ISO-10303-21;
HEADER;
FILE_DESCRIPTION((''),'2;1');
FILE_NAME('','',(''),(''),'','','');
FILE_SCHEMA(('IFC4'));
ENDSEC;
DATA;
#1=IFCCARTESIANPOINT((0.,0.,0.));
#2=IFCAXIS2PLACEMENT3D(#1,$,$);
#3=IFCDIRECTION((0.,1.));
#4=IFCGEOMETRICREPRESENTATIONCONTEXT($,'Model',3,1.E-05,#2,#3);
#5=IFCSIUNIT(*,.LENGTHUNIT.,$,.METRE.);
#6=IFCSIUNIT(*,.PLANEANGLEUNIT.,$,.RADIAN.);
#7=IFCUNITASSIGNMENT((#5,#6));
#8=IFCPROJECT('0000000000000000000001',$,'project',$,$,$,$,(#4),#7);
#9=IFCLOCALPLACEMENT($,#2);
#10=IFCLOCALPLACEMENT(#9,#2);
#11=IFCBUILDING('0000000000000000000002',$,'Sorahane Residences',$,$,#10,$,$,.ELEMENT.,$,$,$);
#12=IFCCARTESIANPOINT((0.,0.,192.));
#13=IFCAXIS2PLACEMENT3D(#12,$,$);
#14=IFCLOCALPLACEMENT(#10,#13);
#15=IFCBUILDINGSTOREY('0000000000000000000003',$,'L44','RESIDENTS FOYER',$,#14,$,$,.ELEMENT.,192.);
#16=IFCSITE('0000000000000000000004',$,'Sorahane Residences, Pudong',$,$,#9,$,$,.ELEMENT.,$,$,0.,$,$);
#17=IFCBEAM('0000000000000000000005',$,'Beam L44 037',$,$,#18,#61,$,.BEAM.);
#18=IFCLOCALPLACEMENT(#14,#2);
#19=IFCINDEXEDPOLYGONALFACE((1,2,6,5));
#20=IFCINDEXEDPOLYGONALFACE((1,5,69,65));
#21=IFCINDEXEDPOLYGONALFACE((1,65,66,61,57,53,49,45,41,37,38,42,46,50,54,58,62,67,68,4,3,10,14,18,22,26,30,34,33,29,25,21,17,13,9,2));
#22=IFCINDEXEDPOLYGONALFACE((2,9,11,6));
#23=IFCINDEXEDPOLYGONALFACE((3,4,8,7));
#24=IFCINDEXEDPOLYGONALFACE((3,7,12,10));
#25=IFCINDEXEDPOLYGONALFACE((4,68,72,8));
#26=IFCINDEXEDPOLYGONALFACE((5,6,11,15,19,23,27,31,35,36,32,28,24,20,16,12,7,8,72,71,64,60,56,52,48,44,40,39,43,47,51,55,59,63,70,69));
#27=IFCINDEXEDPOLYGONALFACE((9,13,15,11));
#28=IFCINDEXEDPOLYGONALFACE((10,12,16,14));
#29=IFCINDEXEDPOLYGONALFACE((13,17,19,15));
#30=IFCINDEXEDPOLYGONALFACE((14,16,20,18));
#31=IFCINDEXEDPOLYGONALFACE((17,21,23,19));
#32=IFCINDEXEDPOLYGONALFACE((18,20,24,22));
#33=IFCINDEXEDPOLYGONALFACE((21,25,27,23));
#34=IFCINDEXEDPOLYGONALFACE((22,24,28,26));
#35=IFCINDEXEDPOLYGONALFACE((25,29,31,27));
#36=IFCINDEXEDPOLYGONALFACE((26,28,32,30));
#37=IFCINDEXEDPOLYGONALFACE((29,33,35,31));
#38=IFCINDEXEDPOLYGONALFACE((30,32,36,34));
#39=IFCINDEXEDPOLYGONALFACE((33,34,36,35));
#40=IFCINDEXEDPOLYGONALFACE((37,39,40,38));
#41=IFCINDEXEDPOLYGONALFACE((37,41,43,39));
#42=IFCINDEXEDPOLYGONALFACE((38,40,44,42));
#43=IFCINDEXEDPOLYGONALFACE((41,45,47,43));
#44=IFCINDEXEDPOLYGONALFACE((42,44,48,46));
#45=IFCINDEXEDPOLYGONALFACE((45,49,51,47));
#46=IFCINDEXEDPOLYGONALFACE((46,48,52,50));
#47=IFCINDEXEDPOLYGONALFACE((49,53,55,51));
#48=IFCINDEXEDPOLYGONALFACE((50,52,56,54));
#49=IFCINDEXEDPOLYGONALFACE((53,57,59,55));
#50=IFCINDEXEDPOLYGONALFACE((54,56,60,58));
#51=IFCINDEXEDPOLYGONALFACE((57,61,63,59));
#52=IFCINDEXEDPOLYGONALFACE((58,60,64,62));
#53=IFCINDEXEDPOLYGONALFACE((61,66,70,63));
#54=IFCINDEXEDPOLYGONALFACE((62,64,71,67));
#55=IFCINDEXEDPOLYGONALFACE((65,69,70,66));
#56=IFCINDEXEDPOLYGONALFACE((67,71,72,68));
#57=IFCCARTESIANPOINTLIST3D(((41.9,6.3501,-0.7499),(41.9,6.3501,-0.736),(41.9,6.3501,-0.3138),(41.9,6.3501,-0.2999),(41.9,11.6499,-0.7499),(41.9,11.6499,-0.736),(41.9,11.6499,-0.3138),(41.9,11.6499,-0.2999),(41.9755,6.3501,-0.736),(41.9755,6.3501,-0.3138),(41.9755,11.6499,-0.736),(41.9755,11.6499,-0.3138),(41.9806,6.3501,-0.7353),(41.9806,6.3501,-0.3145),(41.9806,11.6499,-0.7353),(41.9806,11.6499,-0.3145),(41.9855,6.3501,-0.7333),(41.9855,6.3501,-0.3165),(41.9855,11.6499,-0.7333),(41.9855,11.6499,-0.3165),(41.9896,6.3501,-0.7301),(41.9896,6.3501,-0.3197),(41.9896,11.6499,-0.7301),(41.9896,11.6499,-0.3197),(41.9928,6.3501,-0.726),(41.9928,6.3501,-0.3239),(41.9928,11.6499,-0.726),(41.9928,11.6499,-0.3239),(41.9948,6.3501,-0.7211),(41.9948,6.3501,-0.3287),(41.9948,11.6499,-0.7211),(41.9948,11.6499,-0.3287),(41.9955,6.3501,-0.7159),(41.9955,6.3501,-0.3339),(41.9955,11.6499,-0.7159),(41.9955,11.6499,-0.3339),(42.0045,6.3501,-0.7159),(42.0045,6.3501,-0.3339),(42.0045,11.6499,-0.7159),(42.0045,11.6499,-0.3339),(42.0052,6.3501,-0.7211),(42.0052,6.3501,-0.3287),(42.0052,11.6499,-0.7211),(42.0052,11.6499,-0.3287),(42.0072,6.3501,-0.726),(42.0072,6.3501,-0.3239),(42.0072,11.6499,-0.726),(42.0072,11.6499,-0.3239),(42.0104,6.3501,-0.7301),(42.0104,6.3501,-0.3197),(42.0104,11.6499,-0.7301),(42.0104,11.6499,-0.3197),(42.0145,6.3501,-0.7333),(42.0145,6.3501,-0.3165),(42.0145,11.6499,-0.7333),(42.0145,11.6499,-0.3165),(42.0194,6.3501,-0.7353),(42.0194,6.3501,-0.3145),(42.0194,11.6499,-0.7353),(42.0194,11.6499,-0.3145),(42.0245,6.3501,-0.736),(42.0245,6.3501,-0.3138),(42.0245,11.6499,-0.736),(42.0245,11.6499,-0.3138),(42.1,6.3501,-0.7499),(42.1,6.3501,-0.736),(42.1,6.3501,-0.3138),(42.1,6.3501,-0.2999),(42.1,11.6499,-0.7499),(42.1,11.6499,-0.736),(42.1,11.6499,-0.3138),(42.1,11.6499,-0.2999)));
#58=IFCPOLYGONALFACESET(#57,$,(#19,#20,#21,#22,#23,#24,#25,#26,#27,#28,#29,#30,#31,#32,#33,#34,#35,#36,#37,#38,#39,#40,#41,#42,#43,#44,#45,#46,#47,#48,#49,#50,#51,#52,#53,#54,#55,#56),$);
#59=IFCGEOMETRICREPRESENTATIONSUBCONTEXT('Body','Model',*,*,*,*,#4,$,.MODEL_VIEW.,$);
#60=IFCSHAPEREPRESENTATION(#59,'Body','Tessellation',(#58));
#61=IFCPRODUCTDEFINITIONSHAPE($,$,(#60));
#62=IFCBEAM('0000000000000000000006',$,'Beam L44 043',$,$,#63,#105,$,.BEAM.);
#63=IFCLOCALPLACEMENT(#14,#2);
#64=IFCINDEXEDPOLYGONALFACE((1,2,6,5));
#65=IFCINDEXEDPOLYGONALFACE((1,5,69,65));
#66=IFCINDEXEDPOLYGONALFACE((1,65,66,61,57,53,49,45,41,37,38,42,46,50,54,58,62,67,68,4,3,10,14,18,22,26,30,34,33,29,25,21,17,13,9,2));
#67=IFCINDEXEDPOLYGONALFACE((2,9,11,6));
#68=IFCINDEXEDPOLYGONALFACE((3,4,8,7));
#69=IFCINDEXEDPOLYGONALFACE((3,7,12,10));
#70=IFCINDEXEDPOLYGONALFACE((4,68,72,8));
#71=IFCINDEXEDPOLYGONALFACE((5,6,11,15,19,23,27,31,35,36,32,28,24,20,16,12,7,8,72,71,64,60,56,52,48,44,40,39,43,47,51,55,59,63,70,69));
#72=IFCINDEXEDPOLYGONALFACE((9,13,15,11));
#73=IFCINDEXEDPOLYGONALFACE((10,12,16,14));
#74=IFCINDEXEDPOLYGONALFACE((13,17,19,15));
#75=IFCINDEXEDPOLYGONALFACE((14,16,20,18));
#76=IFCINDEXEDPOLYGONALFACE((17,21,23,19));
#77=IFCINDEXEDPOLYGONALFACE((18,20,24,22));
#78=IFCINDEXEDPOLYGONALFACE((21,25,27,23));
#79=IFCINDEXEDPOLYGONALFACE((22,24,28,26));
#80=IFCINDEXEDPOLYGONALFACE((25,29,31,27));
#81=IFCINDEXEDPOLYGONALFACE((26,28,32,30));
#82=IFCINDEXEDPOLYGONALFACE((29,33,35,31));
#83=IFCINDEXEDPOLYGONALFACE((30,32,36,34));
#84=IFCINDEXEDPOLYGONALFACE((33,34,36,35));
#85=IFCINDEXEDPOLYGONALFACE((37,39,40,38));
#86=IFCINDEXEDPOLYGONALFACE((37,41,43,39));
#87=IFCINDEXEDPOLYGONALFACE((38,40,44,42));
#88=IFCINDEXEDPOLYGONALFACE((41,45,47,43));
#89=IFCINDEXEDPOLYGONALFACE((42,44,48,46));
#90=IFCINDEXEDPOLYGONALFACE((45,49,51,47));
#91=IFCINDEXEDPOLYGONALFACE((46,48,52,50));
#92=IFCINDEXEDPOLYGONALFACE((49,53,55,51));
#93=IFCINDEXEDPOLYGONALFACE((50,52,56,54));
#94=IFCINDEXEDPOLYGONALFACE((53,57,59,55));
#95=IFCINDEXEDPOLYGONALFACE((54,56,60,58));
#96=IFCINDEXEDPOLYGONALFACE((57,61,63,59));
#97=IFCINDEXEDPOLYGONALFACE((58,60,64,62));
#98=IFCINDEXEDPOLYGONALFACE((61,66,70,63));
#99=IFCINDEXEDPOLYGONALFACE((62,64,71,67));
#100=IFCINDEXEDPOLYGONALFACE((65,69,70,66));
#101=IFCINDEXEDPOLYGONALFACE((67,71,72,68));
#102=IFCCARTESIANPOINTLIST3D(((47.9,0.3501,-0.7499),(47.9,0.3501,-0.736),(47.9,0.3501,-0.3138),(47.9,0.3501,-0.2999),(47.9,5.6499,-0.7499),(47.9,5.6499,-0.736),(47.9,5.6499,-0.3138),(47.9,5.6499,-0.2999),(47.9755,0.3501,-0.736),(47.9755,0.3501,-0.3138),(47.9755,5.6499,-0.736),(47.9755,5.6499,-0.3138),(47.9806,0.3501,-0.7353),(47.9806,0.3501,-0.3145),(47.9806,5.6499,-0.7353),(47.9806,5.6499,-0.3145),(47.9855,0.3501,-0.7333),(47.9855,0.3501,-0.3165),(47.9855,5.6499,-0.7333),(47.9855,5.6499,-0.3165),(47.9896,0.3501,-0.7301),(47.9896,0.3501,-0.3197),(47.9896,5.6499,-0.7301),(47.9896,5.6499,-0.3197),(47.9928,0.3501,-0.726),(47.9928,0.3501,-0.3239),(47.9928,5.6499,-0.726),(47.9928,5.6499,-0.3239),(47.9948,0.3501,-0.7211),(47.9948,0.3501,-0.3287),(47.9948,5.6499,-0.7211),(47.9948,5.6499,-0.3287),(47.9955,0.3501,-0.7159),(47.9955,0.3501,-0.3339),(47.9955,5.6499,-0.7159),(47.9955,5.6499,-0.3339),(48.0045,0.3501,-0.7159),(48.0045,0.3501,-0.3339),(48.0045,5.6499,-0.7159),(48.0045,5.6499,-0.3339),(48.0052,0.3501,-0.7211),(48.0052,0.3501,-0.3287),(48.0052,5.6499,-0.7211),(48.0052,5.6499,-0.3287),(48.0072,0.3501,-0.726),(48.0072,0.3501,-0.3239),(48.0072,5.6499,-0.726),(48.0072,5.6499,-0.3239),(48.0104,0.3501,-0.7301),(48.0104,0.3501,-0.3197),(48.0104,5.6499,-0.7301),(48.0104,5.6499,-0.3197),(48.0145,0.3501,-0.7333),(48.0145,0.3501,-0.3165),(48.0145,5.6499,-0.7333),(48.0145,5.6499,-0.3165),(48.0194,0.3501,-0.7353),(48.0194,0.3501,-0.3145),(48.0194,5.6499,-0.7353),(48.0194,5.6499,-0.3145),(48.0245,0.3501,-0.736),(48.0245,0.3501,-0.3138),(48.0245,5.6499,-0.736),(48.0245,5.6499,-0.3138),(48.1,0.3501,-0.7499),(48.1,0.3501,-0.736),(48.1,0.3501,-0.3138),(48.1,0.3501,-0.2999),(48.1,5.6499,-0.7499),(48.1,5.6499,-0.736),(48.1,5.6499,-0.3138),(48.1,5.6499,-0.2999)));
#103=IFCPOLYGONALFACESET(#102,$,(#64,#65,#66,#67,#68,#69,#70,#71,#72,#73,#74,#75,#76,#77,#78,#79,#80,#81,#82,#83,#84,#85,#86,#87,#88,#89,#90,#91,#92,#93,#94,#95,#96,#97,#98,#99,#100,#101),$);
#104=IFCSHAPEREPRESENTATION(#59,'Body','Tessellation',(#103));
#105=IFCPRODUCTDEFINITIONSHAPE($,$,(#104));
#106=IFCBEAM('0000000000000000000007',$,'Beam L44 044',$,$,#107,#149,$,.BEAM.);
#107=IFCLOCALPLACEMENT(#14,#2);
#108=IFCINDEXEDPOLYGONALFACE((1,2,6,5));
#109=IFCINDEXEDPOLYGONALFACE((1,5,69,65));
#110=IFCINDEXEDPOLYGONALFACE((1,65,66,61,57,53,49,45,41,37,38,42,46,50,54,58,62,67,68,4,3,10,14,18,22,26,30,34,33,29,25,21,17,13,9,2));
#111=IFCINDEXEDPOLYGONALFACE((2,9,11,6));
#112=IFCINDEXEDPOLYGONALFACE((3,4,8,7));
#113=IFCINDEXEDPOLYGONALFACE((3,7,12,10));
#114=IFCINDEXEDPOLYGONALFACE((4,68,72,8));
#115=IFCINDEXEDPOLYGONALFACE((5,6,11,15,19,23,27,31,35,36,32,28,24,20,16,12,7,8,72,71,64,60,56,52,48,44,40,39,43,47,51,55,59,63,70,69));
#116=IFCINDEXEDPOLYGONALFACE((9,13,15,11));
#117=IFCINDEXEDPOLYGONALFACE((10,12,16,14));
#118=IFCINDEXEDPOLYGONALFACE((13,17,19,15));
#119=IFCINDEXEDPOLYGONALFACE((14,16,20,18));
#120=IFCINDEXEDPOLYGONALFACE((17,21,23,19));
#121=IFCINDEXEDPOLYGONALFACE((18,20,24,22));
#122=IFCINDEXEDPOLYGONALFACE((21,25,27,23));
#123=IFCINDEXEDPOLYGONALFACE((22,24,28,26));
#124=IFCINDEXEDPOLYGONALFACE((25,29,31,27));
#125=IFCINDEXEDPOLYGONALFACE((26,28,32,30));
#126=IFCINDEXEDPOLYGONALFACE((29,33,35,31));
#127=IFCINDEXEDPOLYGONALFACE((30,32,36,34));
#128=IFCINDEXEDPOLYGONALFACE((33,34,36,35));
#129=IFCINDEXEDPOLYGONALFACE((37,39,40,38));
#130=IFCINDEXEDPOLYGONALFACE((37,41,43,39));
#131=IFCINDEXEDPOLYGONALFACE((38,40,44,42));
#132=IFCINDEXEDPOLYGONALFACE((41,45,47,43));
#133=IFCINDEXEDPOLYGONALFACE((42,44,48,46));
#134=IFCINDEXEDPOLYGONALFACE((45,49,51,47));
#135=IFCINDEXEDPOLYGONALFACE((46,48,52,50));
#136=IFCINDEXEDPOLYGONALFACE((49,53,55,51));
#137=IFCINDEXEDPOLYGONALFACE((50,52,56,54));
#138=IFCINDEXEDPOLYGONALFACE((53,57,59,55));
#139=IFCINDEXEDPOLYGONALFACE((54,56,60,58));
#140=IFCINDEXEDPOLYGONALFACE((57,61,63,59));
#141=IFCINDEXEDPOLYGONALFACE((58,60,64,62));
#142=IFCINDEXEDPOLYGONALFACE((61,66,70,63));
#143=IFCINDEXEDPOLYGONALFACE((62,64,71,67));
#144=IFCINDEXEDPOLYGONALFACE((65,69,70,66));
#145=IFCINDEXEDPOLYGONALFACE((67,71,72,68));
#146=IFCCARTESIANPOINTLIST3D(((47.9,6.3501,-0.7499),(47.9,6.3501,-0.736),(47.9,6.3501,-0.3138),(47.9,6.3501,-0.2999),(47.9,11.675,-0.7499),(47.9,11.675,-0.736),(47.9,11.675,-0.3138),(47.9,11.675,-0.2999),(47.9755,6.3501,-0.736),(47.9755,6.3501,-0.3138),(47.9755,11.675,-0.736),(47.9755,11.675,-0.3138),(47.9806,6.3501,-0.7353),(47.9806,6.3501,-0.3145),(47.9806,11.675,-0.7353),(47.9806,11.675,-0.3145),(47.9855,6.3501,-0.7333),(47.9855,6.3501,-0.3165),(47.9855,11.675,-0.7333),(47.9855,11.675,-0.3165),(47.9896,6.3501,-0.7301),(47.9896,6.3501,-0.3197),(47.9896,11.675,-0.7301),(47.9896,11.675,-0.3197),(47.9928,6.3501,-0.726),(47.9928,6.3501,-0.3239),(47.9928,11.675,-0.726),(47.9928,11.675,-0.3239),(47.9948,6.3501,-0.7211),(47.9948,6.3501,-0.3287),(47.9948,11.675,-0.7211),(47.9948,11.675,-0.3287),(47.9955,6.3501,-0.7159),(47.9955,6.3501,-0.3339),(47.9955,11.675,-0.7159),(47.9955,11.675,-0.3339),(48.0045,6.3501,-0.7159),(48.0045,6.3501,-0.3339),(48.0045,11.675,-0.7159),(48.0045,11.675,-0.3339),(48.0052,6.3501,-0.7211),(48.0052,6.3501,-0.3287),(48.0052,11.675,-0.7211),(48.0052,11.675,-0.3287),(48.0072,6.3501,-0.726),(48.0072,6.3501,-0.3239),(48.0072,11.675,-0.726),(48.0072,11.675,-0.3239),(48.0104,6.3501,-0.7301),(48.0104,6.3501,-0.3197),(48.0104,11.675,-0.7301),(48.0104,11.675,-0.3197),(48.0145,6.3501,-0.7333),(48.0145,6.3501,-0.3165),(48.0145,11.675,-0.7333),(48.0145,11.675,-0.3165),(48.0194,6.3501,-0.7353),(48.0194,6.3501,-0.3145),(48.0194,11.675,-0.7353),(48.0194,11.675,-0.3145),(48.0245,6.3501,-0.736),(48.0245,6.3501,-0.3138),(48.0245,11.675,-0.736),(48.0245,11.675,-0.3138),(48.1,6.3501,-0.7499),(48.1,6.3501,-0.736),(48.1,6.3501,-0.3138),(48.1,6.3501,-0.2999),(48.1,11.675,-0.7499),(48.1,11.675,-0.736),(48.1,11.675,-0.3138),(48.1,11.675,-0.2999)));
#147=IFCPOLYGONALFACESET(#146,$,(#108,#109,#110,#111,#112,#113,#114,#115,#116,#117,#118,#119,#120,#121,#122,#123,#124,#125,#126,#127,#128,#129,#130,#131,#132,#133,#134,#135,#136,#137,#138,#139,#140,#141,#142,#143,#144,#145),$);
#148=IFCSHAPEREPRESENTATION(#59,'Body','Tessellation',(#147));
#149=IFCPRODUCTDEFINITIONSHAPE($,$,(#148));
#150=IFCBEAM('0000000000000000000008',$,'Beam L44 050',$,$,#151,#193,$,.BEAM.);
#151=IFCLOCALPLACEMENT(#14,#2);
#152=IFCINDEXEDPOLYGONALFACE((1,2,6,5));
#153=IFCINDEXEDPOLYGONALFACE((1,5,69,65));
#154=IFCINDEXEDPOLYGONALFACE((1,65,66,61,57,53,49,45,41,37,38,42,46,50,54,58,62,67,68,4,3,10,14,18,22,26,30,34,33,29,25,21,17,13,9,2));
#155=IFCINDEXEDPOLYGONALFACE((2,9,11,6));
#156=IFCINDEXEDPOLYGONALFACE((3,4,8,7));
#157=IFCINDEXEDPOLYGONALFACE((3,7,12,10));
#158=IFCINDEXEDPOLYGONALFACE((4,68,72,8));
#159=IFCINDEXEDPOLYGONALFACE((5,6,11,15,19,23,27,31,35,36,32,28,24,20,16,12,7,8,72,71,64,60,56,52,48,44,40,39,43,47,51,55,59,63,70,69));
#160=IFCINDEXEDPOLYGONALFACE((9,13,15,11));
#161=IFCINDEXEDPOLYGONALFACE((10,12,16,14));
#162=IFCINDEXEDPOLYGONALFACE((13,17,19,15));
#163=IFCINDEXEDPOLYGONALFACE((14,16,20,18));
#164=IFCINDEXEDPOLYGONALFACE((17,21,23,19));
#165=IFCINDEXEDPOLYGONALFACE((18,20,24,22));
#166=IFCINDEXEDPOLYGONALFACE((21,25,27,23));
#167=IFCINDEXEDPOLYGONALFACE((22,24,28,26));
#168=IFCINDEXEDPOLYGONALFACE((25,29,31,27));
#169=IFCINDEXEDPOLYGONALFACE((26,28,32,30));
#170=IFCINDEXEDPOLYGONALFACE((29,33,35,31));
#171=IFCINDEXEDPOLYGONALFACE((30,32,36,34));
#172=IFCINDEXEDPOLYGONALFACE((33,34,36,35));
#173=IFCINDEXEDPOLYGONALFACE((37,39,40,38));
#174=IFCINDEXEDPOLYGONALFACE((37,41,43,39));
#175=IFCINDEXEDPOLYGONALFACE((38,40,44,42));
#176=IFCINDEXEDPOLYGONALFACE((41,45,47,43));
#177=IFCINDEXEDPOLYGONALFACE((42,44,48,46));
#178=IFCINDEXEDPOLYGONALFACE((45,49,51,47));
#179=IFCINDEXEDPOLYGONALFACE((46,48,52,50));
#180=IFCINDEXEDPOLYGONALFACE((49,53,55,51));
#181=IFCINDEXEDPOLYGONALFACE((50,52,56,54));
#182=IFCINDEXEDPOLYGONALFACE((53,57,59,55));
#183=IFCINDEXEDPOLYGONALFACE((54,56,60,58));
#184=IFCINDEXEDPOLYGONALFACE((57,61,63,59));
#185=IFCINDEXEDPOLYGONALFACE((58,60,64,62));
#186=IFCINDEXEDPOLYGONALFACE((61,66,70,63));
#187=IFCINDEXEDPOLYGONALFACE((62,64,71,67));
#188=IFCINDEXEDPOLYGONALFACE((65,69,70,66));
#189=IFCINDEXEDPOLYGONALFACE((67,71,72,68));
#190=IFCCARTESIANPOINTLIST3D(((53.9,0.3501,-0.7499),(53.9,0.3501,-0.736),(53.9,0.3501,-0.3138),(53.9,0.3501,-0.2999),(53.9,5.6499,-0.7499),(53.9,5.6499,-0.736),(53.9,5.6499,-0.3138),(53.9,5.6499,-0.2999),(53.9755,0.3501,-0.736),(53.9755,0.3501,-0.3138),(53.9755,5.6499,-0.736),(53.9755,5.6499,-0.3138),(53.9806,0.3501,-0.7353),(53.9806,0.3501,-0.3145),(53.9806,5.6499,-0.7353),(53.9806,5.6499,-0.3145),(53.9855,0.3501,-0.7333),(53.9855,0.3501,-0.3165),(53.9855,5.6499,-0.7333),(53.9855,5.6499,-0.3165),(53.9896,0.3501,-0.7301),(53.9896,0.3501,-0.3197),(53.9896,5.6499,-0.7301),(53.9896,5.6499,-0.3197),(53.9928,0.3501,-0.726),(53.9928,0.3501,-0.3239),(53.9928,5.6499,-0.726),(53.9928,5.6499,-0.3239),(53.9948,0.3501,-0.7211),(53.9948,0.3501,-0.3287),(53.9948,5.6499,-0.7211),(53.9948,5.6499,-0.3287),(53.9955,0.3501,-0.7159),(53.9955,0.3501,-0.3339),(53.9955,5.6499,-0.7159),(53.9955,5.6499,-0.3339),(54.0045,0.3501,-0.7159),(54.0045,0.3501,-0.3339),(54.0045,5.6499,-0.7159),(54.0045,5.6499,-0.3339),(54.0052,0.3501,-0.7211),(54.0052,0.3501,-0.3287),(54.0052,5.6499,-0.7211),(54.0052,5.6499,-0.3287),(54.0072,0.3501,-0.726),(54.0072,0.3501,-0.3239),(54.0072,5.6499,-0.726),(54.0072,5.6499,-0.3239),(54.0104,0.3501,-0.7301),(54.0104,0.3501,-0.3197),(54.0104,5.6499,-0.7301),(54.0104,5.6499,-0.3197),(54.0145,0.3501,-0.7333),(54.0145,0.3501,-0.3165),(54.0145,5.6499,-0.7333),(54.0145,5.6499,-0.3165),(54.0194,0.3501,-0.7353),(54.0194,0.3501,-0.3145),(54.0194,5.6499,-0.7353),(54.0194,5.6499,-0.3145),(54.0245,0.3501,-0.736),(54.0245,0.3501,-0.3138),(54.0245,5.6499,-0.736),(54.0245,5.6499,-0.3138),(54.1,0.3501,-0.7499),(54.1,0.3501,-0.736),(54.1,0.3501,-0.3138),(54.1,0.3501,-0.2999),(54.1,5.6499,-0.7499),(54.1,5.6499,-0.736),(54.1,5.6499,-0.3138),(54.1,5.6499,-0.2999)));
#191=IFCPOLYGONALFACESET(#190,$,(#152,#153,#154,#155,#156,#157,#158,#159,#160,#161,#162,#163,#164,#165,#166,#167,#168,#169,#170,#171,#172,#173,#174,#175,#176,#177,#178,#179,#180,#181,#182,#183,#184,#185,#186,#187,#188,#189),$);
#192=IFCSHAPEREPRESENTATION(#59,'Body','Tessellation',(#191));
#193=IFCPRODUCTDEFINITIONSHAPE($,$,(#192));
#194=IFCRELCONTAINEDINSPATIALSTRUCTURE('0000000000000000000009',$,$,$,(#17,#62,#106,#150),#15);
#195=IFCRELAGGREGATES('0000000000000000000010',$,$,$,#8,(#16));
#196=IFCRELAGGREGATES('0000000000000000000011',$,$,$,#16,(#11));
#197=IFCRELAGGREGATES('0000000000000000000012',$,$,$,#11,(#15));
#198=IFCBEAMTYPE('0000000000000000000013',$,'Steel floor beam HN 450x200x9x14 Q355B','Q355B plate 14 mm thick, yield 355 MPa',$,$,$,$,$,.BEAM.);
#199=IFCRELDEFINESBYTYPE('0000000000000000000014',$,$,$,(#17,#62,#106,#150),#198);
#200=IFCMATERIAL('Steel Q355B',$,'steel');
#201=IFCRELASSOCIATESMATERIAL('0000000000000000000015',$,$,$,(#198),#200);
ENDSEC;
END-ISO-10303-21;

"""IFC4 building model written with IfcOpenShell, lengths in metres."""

from ifc_helpers import new_model, si_unit, direction, frame, origin, origin_2d, place, context, subcontext, project, spatial, i_section, extrude, material, material_profile, profile_set, type_object, element, save


model = new_model("IFC4")

# Units and contexts
model_context = context("Model", 3, precision=1e-05, world=origin(), true_north=direction((0.0, 1.0)))
body_context = subcontext(model_context, "Body", "Model", "MODEL_VIEW")
ifc_project = project(units=[si_unit("LENGTHUNIT", "METRE"), si_unit("PLANEANGLEUNIT", "RADIAN")], contexts=[model_context])

# Site, building, storey
site_placement = place(None, origin())
site = spatial("IfcSite", under=ifc_project, at=site_placement, Name="Sorahane Residences, Pudong", CompositionType="ELEMENT", RefElevation=0.0)
building_placement = place(site_placement, origin())
building = spatial("IfcBuilding", under=site, at=building_placement, Name="Sorahane Residences", CompositionType="ELEMENT")
storey_placement = place(building_placement, frame((0.0, 0.0, 192.0)))
storey = spatial("IfcBuildingStorey", under=building, at=storey_placement, Name="L44", Description="RESIDENTS FOYER", CompositionType="ELEMENT", Elevation=192.0)

# Beams
ifc_material_1 = material(Name="Steel Q355B", Category="steel")
ifc_material_profile_1 = material_profile(ifc_material_1, i_section(OverallWidth=0.2, OverallDepth=0.45, WebThickness=0.009, FlangeThickness=0.0139, FilletRadius=0.02, at=origin_2d()), Name="HN 450x200x9x14")
ifc_profile_set_1 = profile_set([ifc_material_profile_1], Name="Steel Q355B")
beam_type = type_object("IfcBeamType", Name="Steel floor beam HN 450x200x9x14 Q355B", Description="Q355B plate 14 mm thick, yield 355 MPa", PredefinedType="BEAM", material=ifc_profile_set_1)
for number, where, z_axis, x_axis, name in (
    (1, (42.0, 6.3501, -0.5249), (0.0, 1.0, 0.0), (-1.0, 0.0, 0.0), "Beam L44 037"),
    (2, (48.0, 0.3501, -0.5249), (0.0, 1.0, 0.0), (-1.0, 0.0, 0.0), "Beam L44 043"),
):
    element("IfcBeam", number, at=place(storey_placement, frame(where, z_axis=z_axis, x_axis=x_axis)), inside=storey, type_object=beam_type, Name=name, PredefinedType="BEAM", context=body_context, shape_type="SweptSolid", body=[
        extrude(i_section(OverallWidth=0.2, OverallDepth=0.45, WebThickness=0.009, FlangeThickness=0.0139, FilletRadius=0.02, at=origin_2d()), origin(), (0.0, 0.0, 1.0), 5.2998),
    ])
beam_placement = place(storey_placement, frame((48.0, 6.3501, -0.5249), z_axis=(0.0, 1.0, 0.0), x_axis=(-1.0, 0.0, 0.0)))
element("IfcBeam", 3, at=beam_placement, inside=storey, type_object=beam_type, Name="Beam L44 044", PredefinedType="BEAM", context=body_context, shape_type="SweptSolid", body=[
    extrude(i_section(OverallWidth=0.2, OverallDepth=0.45, WebThickness=0.009, FlangeThickness=0.0139, FilletRadius=0.02, at=origin_2d()), origin(), (0.0, 0.0, 1.0), 5.325),
])
for number, where, z_axis, x_axis, name in (
    (4, (54.0, 0.3501, -0.5249), (0.0, 1.0, 0.0), (-1.0, 0.0, 0.0), "Beam L44 050"),
):
    element("IfcBeam", number, at=place(storey_placement, frame(where, z_axis=z_axis, x_axis=x_axis)), inside=storey, type_object=beam_type, Name=name, PredefinedType="BEAM", context=body_context, shape_type="SweptSolid", body=[
        extrude(i_section(OverallWidth=0.2, OverallDepth=0.45, WebThickness=0.009, FlangeThickness=0.0139, FilletRadius=0.02, at=origin_2d()), origin(), (0.0, 0.0, 1.0), 5.2998),
    ])

save(model, "model.ifc")
